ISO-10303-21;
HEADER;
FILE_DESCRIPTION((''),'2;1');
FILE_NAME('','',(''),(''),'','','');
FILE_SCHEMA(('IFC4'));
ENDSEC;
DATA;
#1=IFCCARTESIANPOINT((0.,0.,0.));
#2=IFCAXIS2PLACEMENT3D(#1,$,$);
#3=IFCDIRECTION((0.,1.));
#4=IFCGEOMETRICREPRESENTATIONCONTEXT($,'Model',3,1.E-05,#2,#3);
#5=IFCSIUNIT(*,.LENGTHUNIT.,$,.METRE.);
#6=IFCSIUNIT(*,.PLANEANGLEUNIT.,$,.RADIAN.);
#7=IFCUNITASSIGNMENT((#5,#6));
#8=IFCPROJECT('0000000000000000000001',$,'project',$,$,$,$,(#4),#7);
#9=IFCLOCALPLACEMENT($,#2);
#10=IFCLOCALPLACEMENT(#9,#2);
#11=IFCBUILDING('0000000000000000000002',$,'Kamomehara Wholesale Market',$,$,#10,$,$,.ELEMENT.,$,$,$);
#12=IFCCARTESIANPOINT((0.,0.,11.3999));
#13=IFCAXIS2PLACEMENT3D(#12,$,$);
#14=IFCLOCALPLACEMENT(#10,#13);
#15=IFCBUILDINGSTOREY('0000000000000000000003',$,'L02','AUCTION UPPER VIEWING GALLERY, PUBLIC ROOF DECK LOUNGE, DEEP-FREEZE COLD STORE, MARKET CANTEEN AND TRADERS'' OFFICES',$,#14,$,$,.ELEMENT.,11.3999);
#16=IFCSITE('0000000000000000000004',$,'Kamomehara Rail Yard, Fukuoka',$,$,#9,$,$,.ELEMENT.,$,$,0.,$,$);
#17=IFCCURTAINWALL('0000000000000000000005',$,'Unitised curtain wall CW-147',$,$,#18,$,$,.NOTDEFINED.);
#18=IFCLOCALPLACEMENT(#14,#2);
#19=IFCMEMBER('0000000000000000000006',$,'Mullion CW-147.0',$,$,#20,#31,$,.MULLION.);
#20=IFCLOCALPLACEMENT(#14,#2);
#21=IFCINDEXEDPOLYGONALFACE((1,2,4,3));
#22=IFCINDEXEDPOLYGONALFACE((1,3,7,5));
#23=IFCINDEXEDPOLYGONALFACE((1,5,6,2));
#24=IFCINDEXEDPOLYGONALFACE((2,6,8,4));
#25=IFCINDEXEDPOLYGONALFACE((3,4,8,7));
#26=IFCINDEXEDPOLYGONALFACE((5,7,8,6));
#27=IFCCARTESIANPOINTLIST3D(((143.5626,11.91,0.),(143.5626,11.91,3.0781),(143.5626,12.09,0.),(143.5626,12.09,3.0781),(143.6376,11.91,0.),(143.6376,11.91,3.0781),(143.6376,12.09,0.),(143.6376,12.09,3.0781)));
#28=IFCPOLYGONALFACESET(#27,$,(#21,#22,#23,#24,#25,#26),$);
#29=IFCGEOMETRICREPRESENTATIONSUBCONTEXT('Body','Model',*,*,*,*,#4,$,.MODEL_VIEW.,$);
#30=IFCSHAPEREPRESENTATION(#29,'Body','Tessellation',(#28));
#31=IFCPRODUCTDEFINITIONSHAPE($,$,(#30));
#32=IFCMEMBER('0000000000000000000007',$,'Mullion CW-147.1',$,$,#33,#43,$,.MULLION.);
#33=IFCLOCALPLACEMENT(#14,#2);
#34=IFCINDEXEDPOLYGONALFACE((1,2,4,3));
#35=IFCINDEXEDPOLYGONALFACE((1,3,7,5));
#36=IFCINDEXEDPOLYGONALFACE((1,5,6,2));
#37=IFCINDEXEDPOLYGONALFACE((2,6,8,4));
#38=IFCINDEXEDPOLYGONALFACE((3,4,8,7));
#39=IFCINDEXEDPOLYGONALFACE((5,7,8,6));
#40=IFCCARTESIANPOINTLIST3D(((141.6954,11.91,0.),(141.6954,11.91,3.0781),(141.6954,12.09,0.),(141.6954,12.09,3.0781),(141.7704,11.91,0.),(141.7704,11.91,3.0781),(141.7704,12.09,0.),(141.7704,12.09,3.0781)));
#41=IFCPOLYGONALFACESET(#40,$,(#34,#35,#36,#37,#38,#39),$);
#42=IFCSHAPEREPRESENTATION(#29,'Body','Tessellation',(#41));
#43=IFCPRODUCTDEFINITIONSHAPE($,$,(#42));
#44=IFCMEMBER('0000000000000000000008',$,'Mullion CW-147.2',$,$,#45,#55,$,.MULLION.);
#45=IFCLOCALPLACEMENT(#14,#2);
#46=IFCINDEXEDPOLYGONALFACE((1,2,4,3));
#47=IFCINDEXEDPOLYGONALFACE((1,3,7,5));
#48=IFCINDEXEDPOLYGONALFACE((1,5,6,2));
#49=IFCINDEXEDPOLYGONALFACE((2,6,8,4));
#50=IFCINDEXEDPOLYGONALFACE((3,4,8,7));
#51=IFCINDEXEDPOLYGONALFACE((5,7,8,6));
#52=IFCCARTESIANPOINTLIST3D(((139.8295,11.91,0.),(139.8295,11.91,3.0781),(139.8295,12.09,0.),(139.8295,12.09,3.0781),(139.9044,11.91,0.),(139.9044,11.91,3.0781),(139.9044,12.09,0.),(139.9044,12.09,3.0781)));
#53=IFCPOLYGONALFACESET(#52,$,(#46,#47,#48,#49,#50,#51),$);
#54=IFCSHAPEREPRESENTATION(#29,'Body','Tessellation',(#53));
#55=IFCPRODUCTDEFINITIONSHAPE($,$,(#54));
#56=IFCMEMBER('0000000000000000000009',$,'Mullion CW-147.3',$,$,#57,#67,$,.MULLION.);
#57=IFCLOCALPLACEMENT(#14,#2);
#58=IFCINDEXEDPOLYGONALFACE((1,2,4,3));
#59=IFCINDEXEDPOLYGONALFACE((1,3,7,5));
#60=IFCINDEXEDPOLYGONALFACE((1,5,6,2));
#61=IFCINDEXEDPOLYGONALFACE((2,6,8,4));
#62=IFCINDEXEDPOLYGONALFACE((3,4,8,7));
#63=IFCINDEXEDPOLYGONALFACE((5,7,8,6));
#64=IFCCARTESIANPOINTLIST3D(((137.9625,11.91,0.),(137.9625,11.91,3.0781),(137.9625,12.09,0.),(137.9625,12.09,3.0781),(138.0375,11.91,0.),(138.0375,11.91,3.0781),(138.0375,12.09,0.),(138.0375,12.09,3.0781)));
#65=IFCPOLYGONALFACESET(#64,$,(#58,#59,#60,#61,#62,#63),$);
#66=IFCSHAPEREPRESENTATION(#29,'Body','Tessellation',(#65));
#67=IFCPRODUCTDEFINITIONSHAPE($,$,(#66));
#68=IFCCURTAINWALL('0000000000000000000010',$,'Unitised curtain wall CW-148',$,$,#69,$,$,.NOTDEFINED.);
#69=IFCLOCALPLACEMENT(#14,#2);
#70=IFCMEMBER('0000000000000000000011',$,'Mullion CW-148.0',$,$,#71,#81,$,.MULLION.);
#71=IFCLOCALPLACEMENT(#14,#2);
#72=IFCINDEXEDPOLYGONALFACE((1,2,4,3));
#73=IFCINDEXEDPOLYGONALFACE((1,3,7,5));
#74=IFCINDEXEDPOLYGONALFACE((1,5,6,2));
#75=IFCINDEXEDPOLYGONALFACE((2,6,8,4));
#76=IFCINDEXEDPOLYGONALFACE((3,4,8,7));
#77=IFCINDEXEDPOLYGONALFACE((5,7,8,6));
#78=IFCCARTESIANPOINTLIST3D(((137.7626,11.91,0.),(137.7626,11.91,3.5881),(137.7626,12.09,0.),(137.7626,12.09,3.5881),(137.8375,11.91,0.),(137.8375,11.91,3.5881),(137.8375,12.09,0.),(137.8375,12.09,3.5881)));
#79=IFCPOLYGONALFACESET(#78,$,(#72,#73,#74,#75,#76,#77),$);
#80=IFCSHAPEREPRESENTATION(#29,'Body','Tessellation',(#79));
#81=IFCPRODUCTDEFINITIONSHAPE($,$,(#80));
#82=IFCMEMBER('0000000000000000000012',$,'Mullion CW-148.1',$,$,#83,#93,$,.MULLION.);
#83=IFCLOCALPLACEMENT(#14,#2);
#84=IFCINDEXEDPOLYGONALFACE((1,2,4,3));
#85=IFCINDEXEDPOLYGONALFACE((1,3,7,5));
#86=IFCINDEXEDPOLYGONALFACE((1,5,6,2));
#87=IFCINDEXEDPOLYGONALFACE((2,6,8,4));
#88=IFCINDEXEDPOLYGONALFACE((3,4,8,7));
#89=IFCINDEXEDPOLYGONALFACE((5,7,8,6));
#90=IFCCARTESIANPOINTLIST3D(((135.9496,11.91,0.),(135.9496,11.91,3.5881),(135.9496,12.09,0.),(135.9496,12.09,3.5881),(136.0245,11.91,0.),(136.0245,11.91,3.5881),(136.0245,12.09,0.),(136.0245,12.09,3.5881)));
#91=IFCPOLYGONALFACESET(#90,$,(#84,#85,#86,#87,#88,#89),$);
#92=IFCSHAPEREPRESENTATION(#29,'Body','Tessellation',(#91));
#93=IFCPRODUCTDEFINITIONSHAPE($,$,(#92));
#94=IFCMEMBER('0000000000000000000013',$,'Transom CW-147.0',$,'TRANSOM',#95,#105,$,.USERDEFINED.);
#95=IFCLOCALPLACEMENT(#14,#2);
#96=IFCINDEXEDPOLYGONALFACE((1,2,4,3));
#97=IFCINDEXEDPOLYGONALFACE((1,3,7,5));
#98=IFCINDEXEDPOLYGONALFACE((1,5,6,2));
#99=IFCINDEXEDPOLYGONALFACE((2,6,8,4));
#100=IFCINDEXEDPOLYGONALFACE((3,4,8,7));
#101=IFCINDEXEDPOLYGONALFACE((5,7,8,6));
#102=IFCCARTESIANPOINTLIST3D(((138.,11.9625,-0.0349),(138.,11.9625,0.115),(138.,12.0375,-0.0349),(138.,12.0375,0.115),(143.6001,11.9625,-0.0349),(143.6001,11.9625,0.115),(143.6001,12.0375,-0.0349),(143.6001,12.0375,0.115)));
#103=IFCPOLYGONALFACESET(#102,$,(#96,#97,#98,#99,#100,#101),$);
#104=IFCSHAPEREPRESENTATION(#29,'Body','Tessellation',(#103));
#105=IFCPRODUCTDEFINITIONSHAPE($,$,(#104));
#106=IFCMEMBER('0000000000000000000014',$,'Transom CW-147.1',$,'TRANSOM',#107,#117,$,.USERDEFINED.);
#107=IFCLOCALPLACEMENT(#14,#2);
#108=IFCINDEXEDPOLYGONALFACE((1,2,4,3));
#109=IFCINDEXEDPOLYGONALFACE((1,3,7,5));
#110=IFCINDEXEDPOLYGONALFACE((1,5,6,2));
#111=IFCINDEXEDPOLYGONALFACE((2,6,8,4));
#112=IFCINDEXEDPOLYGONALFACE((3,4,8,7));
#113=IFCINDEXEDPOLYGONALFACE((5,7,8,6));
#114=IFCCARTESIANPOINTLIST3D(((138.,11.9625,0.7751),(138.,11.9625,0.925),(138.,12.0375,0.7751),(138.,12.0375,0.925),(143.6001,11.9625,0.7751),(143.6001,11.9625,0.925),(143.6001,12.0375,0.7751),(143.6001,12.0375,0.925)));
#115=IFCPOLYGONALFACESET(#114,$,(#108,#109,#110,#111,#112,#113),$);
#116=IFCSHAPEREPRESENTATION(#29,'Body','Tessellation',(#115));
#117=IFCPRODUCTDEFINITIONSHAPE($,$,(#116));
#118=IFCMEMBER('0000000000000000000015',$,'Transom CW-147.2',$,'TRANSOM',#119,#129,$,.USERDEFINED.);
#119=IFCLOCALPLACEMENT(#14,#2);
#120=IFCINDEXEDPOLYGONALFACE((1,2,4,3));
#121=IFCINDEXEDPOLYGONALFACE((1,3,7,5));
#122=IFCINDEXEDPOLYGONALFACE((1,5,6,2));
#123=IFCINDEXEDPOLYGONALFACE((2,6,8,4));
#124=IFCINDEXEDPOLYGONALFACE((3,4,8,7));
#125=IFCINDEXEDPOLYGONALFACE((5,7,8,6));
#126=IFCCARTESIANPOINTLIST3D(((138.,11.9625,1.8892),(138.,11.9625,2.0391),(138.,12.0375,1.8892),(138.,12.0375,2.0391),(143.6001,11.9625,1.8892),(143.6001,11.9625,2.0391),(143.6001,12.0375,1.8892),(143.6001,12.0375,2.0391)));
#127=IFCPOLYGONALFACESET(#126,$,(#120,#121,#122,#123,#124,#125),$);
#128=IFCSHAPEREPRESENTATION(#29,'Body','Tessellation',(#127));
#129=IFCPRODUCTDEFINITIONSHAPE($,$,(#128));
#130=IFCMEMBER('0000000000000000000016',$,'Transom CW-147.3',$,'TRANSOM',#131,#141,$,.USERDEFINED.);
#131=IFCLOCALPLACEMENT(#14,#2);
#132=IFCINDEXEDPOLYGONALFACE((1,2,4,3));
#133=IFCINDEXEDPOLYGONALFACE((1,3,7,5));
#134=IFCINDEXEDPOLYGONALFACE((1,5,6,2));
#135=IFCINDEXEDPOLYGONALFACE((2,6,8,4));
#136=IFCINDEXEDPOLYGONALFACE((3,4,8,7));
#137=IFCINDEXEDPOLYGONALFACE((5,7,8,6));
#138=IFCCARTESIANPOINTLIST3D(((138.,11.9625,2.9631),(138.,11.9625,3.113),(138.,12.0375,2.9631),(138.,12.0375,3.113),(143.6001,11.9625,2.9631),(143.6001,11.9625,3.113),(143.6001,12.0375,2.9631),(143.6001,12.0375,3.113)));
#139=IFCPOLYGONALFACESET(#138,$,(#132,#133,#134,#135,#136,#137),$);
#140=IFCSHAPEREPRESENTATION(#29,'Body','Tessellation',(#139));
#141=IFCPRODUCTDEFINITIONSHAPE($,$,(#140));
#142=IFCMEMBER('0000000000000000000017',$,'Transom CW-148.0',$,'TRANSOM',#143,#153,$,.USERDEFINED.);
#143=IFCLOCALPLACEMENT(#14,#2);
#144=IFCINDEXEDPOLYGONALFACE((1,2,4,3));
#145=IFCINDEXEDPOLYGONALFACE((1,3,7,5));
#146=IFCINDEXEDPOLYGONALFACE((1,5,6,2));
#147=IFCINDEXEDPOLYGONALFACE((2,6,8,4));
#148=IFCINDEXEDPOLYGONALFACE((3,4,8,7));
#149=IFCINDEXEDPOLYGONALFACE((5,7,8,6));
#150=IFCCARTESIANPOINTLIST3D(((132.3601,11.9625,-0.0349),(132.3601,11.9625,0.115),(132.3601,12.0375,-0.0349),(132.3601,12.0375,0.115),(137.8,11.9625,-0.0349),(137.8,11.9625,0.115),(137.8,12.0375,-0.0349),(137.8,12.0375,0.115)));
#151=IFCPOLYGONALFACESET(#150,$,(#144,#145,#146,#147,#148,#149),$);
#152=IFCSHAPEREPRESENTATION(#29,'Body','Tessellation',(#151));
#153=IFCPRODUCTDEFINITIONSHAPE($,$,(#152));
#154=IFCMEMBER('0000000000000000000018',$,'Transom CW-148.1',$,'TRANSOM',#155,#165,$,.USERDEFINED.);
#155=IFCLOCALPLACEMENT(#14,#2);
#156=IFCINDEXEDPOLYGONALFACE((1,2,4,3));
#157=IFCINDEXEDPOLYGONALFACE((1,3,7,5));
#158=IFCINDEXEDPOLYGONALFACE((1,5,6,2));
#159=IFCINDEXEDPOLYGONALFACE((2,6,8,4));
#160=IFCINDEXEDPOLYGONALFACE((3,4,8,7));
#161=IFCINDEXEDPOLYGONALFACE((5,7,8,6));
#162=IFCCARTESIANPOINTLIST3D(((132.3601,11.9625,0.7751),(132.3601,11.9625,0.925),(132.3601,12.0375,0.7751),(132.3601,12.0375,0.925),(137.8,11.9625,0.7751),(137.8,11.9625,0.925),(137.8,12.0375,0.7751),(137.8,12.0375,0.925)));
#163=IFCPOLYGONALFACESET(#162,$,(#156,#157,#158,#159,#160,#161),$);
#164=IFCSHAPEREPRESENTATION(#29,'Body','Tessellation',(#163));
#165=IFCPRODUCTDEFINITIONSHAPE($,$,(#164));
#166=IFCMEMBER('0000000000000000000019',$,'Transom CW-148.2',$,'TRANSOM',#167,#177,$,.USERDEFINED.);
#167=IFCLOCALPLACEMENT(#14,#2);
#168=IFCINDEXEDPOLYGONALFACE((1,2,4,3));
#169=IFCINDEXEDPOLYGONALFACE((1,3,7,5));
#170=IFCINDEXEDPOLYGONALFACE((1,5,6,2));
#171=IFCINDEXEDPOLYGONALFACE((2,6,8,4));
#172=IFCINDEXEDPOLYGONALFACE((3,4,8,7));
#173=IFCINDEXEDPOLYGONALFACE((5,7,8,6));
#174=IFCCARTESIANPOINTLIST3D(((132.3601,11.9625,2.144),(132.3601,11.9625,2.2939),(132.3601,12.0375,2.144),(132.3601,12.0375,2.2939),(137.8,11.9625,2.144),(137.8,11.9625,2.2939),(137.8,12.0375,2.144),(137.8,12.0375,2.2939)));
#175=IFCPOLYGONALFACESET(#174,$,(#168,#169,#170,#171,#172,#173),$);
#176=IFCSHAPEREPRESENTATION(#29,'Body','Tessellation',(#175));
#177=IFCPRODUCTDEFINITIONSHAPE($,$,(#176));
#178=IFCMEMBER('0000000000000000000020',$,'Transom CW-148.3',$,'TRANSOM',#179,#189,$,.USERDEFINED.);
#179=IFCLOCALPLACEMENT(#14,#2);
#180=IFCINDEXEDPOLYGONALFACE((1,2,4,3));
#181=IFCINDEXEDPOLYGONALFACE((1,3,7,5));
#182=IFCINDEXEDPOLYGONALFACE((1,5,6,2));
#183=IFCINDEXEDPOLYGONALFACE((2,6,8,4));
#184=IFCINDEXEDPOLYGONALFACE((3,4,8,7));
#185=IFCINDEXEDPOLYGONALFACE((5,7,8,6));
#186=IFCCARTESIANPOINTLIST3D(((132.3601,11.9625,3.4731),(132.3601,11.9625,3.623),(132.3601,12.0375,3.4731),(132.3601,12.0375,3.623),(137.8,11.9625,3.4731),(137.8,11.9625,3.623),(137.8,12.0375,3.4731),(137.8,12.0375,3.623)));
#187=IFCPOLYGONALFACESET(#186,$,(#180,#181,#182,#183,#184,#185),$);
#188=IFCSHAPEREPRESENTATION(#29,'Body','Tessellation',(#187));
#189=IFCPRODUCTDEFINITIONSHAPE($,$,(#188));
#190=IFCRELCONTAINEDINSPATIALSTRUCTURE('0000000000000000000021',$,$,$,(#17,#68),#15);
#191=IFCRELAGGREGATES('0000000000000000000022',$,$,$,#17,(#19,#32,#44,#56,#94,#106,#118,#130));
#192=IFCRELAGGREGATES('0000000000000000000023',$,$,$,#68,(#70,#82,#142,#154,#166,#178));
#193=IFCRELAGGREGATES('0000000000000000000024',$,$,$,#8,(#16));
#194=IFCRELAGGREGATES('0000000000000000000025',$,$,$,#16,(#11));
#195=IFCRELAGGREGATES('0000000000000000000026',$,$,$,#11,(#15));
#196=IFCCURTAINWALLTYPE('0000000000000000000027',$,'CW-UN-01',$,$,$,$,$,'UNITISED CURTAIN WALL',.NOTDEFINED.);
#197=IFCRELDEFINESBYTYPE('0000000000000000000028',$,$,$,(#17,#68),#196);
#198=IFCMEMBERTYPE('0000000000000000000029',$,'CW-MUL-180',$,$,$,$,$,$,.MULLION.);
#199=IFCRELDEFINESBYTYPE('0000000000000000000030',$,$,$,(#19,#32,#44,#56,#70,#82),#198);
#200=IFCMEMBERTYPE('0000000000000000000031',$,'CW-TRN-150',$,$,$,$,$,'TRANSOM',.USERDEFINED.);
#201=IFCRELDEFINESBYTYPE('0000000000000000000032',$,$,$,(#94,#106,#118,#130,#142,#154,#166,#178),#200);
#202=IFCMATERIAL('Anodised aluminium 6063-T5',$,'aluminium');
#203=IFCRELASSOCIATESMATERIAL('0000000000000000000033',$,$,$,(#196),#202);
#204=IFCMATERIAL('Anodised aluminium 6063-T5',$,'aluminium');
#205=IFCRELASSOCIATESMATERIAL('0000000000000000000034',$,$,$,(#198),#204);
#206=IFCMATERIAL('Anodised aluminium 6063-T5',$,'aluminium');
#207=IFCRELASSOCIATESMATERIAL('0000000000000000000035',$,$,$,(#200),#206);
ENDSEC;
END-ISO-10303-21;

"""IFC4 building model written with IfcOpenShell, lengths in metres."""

from ifc_helpers import new_model, si_unit, direction, frame, origin, origin_2d, place, context, subcontext, project, spatial, rectangle, extrude, material, material_profile, profile_set, type_object, element, aggregate, save


model = new_model("IFC4")

# Units and contexts
model_context = context("Model", 3, precision=1e-05, world=origin(), true_north=direction((0.0, 1.0)))
body_context = subcontext(model_context, "Body", "Model", "MODEL_VIEW")
ifc_project = project(units=[si_unit("LENGTHUNIT", "METRE"), si_unit("PLANEANGLEUNIT", "RADIAN")], contexts=[model_context])

# Site, building, storey
site_placement = place(None, origin())
site = spatial("IfcSite", under=ifc_project, at=site_placement, Name="Kamomehara Rail Yard, Fukuoka", CompositionType="ELEMENT", RefElevation=0.0)
building_placement = place(site_placement, origin())
building = spatial("IfcBuilding", under=site, at=building_placement, Name="Kamomehara Wholesale Market", CompositionType="ELEMENT")
storey_placement = place(building_placement, frame((0.0, 0.0, 11.3999)))
storey = spatial("IfcBuildingStorey", under=building, at=storey_placement, Name="L02", Description="AUCTION UPPER VIEWING GALLERY, PUBLIC ROOF DECK LOUNGE, DEEP-FREEZE COLD STORE, MARKET CANTEEN AND TRADERS' OFFICES", CompositionType="ELEMENT", Elevation=11.3999)

# Curtain walls, members
ifc_material_1 = material(Name="Anodised aluminium 6063-T5", Category="aluminium")
curtain_wall_type = type_object("IfcCurtainWallType", Name="CW-UN-01", ElementType="UNITISED CURTAIN WALL", PredefinedType="NOTDEFINED", material=ifc_material_1)
curtain_wall_1_placement = place(storey_placement, origin())
curtain_wall_1 = element("IfcCurtainWall", 1, at=curtain_wall_1_placement, inside=storey, type_object=curtain_wall_type, Name="Unitised curtain wall CW-147", PredefinedType="NOTDEFINED")
ifc_material_2 = material(Name="Anodised aluminium 6063-T5", Category="aluminium")
ifc_material_profile_1 = material_profile(ifc_material_2, rectangle(XDim=0.075, YDim=0.1799, at=origin_2d()), Name="ALU-MUL-75x180")
ifc_profile_set_1 = profile_set([ifc_material_profile_1], Name="Anodised aluminium 6063-T5")
member_type_1 = type_object("IfcMemberType", Name="CW-MUL-180", PredefinedType="MULLION", material=ifc_profile_set_1)
member_1_placement = place(storey_placement, frame((143.6001, 12.0, 0.0), z_axis=(0.0, 0.0, 1.0), x_axis=(-1.0, 0.0, 0.0)))
member_1 = element("IfcMember", 2, at=member_1_placement, type_object=member_type_1, Name="Mullion CW-147.0", PredefinedType="MULLION", context=body_context, shape_type="SweptSolid", body=[
    extrude(rectangle(XDim=0.075, YDim=0.1799, at=origin_2d()), origin(), (0.0, 0.0, 1.0), 3.0781),
])
member_2_placement = place(storey_placement, frame((141.7329, 12.0, 0.0), z_axis=(0.0, 0.0, 1.0), x_axis=(-1.0, 0.0, 0.0)))
member_2 = element("IfcMember", 3, at=member_2_placement, type_object=member_type_1, Name="Mullion CW-147.1", PredefinedType="MULLION", context=body_context, shape_type="SweptSolid", body=[
    extrude(rectangle(XDim=0.075, YDim=0.1799, at=origin_2d()), origin(), (0.0, 0.0, 1.0), 3.0781),
])
member_3_placement = place(storey_placement, frame((139.8669, 12.0, 0.0), z_axis=(0.0, 0.0, 1.0), x_axis=(-1.0, 0.0, 0.0)))
member_3 = element("IfcMember", 4, at=member_3_placement, type_object=member_type_1, Name="Mullion CW-147.2", PredefinedType="MULLION", context=body_context, shape_type="SweptSolid", body=[
    extrude(rectangle(XDim=0.075, YDim=0.1799, at=origin_2d()), origin(), (0.0, 0.0, 1.0), 3.0781),
])
member_4_placement = place(storey_placement, frame((138.0, 12.0, 0.0), z_axis=(0.0, 0.0, 1.0), x_axis=(-1.0, 0.0, 0.0)))
member_4 = element("IfcMember", 5, at=member_4_placement, type_object=member_type_1, Name="Mullion CW-147.3", PredefinedType="MULLION", context=body_context, shape_type="SweptSolid", body=[
    extrude(rectangle(XDim=0.075, YDim=0.1799, at=origin_2d()), origin(), (0.0, 0.0, 1.0), 3.0781),
])
curtain_wall_2_placement = place(storey_placement, origin())
curtain_wall_2 = element("IfcCurtainWall", 6, at=curtain_wall_2_placement, inside=storey, type_object=curtain_wall_type, Name="Unitised curtain wall CW-148", PredefinedType="NOTDEFINED")
member_5_placement = place(storey_placement, frame((137.8, 12.0, 0.0), z_axis=(0.0, 0.0, 1.0), x_axis=(-1.0, 0.0, 0.0)))
member_5 = element("IfcMember", 7, at=member_5_placement, type_object=member_type_1, Name="Mullion CW-148.0", PredefinedType="MULLION", context=body_context, shape_type="SweptSolid", body=[
    extrude(rectangle(XDim=0.075, YDim=0.1799, at=origin_2d()), origin(), (0.0, 0.0, 1.0), 3.5881),
])
member_6_placement = place(storey_placement, frame((135.9871, 12.0, 0.0), z_axis=(0.0, 0.0, 1.0), x_axis=(-1.0, 0.0, 0.0)))
member_6 = element("IfcMember", 8, at=member_6_placement, type_object=member_type_1, Name="Mullion CW-148.1", PredefinedType="MULLION", context=body_context, shape_type="SweptSolid", body=[
    extrude(rectangle(XDim=0.075, YDim=0.1799, at=origin_2d()), origin(), (0.0, 0.0, 1.0), 3.5881),
])

# Members
ifc_material_3 = material(Name="Anodised aluminium 6063-T5", Category="aluminium")
ifc_material_profile_2 = material_profile(ifc_material_3, rectangle(XDim=0.075, YDim=0.1499, at=origin_2d()), Name="ALU-TRN-75x150")
ifc_profile_set_2 = profile_set([ifc_material_profile_2], Name="Anodised aluminium 6063-T5")
member_type_2 = type_object("IfcMemberType", Name="CW-TRN-150", ElementType="TRANSOM", PredefinedType="USERDEFINED", material=ifc_profile_set_2)
member_7_placement = place(storey_placement, frame((143.6001, 12.0, 0.04), z_axis=(-1.0, 0.0, 0.0), x_axis=(0.0, -1.0, 0.0)))
member_7 = element("IfcMember", 9, at=member_7_placement, type_object=member_type_2, Name="Transom CW-147.0", ObjectType="TRANSOM", PredefinedType="USERDEFINED", context=body_context, shape_type="SweptSolid", body=[
    extrude(rectangle(XDim=0.075, YDim=0.1499, at=origin_2d()), origin(), (0.0, 0.0, 1.0), 5.6001),
])
member_8_placement = place(storey_placement, frame((143.6001, 12.0, 0.8501), z_axis=(-1.0, 0.0, 0.0), x_axis=(0.0, -1.0, 0.0)))
member_8 = element("IfcMember", 10, at=member_8_placement, type_object=member_type_2, Name="Transom CW-147.1", ObjectType="TRANSOM", PredefinedType="USERDEFINED", context=body_context, shape_type="SweptSolid", body=[
    extrude(rectangle(XDim=0.075, YDim=0.1499, at=origin_2d()), origin(), (0.0, 0.0, 1.0), 5.6001),
])
member_9_placement = place(storey_placement, frame((143.6001, 12.0, 1.9641), z_axis=(-1.0, 0.0, 0.0), x_axis=(0.0, -1.0, 0.0)))
member_9 = element("IfcMember", 11, at=member_9_placement, type_object=member_type_2, Name="Transom CW-147.2", ObjectType="TRANSOM", PredefinedType="USERDEFINED", context=body_context, shape_type="SweptSolid", body=[
    extrude(rectangle(XDim=0.075, YDim=0.1499, at=origin_2d()), origin(), (0.0, 0.0, 1.0), 5.6001),
])
member_10_placement = place(storey_placement, frame((143.6001, 12.0, 3.0381), z_axis=(-1.0, 0.0, 0.0), x_axis=(0.0, -1.0, 0.0)))
member_10 = element("IfcMember", 12, at=member_10_placement, type_object=member_type_2, Name="Transom CW-147.3", ObjectType="TRANSOM", PredefinedType="USERDEFINED", context=body_context, shape_type="SweptSolid", body=[
    extrude(rectangle(XDim=0.075, YDim=0.1499, at=origin_2d()), origin(), (0.0, 0.0, 1.0), 5.6001),
])
member_11_placement = place(storey_placement, frame((137.8, 12.0, 0.04), z_axis=(-1.0, 0.0, 0.0), x_axis=(0.0, -1.0, 0.0)))
member_11 = element("IfcMember", 13, at=member_11_placement, type_object=member_type_2, Name="Transom CW-148.0", ObjectType="TRANSOM", PredefinedType="USERDEFINED", context=body_context, shape_type="SweptSolid", body=[
    extrude(rectangle(XDim=0.075, YDim=0.1499, at=origin_2d()), origin(), (0.0, 0.0, 1.0), 5.4399),
])
member_12_placement = place(storey_placement, frame((137.8, 12.0, 0.8501), z_axis=(-1.0, 0.0, 0.0), x_axis=(0.0, -1.0, 0.0)))
member_12 = element("IfcMember", 14, at=member_12_placement, type_object=member_type_2, Name="Transom CW-148.1", ObjectType="TRANSOM", PredefinedType="USERDEFINED", context=body_context, shape_type="SweptSolid", body=[
    extrude(rectangle(XDim=0.075, YDim=0.1499, at=origin_2d()), origin(), (0.0, 0.0, 1.0), 5.4399),
])
member_13_placement = place(storey_placement, frame((137.8, 12.0, 2.219), z_axis=(-1.0, 0.0, 0.0), x_axis=(0.0, -1.0, 0.0)))
member_13 = element("IfcMember", 15, at=member_13_placement, type_object=member_type_2, Name="Transom CW-148.2", ObjectType="TRANSOM", PredefinedType="USERDEFINED", context=body_context, shape_type="SweptSolid", body=[
    extrude(rectangle(XDim=0.075, YDim=0.1499, at=origin_2d()), origin(), (0.0, 0.0, 1.0), 5.4399),
])
member_14_placement = place(storey_placement, frame((137.8, 12.0, 3.5481), z_axis=(-1.0, 0.0, 0.0), x_axis=(0.0, -1.0, 0.0)))
member_14 = element("IfcMember", 16, at=member_14_placement, type_object=member_type_2, Name="Transom CW-148.3", ObjectType="TRANSOM", PredefinedType="USERDEFINED", context=body_context, shape_type="SweptSolid", body=[
    extrude(rectangle(XDim=0.075, YDim=0.1499, at=origin_2d()), origin(), (0.0, 0.0, 1.0), 5.4399),
])

aggregate(curtain_wall_1, [member_1, member_2, member_3, member_4, member_7, member_8, member_9, member_10])
aggregate(curtain_wall_2, [member_5, member_6, member_11, member_12, member_13, member_14])

save(model, "model.ifc")
